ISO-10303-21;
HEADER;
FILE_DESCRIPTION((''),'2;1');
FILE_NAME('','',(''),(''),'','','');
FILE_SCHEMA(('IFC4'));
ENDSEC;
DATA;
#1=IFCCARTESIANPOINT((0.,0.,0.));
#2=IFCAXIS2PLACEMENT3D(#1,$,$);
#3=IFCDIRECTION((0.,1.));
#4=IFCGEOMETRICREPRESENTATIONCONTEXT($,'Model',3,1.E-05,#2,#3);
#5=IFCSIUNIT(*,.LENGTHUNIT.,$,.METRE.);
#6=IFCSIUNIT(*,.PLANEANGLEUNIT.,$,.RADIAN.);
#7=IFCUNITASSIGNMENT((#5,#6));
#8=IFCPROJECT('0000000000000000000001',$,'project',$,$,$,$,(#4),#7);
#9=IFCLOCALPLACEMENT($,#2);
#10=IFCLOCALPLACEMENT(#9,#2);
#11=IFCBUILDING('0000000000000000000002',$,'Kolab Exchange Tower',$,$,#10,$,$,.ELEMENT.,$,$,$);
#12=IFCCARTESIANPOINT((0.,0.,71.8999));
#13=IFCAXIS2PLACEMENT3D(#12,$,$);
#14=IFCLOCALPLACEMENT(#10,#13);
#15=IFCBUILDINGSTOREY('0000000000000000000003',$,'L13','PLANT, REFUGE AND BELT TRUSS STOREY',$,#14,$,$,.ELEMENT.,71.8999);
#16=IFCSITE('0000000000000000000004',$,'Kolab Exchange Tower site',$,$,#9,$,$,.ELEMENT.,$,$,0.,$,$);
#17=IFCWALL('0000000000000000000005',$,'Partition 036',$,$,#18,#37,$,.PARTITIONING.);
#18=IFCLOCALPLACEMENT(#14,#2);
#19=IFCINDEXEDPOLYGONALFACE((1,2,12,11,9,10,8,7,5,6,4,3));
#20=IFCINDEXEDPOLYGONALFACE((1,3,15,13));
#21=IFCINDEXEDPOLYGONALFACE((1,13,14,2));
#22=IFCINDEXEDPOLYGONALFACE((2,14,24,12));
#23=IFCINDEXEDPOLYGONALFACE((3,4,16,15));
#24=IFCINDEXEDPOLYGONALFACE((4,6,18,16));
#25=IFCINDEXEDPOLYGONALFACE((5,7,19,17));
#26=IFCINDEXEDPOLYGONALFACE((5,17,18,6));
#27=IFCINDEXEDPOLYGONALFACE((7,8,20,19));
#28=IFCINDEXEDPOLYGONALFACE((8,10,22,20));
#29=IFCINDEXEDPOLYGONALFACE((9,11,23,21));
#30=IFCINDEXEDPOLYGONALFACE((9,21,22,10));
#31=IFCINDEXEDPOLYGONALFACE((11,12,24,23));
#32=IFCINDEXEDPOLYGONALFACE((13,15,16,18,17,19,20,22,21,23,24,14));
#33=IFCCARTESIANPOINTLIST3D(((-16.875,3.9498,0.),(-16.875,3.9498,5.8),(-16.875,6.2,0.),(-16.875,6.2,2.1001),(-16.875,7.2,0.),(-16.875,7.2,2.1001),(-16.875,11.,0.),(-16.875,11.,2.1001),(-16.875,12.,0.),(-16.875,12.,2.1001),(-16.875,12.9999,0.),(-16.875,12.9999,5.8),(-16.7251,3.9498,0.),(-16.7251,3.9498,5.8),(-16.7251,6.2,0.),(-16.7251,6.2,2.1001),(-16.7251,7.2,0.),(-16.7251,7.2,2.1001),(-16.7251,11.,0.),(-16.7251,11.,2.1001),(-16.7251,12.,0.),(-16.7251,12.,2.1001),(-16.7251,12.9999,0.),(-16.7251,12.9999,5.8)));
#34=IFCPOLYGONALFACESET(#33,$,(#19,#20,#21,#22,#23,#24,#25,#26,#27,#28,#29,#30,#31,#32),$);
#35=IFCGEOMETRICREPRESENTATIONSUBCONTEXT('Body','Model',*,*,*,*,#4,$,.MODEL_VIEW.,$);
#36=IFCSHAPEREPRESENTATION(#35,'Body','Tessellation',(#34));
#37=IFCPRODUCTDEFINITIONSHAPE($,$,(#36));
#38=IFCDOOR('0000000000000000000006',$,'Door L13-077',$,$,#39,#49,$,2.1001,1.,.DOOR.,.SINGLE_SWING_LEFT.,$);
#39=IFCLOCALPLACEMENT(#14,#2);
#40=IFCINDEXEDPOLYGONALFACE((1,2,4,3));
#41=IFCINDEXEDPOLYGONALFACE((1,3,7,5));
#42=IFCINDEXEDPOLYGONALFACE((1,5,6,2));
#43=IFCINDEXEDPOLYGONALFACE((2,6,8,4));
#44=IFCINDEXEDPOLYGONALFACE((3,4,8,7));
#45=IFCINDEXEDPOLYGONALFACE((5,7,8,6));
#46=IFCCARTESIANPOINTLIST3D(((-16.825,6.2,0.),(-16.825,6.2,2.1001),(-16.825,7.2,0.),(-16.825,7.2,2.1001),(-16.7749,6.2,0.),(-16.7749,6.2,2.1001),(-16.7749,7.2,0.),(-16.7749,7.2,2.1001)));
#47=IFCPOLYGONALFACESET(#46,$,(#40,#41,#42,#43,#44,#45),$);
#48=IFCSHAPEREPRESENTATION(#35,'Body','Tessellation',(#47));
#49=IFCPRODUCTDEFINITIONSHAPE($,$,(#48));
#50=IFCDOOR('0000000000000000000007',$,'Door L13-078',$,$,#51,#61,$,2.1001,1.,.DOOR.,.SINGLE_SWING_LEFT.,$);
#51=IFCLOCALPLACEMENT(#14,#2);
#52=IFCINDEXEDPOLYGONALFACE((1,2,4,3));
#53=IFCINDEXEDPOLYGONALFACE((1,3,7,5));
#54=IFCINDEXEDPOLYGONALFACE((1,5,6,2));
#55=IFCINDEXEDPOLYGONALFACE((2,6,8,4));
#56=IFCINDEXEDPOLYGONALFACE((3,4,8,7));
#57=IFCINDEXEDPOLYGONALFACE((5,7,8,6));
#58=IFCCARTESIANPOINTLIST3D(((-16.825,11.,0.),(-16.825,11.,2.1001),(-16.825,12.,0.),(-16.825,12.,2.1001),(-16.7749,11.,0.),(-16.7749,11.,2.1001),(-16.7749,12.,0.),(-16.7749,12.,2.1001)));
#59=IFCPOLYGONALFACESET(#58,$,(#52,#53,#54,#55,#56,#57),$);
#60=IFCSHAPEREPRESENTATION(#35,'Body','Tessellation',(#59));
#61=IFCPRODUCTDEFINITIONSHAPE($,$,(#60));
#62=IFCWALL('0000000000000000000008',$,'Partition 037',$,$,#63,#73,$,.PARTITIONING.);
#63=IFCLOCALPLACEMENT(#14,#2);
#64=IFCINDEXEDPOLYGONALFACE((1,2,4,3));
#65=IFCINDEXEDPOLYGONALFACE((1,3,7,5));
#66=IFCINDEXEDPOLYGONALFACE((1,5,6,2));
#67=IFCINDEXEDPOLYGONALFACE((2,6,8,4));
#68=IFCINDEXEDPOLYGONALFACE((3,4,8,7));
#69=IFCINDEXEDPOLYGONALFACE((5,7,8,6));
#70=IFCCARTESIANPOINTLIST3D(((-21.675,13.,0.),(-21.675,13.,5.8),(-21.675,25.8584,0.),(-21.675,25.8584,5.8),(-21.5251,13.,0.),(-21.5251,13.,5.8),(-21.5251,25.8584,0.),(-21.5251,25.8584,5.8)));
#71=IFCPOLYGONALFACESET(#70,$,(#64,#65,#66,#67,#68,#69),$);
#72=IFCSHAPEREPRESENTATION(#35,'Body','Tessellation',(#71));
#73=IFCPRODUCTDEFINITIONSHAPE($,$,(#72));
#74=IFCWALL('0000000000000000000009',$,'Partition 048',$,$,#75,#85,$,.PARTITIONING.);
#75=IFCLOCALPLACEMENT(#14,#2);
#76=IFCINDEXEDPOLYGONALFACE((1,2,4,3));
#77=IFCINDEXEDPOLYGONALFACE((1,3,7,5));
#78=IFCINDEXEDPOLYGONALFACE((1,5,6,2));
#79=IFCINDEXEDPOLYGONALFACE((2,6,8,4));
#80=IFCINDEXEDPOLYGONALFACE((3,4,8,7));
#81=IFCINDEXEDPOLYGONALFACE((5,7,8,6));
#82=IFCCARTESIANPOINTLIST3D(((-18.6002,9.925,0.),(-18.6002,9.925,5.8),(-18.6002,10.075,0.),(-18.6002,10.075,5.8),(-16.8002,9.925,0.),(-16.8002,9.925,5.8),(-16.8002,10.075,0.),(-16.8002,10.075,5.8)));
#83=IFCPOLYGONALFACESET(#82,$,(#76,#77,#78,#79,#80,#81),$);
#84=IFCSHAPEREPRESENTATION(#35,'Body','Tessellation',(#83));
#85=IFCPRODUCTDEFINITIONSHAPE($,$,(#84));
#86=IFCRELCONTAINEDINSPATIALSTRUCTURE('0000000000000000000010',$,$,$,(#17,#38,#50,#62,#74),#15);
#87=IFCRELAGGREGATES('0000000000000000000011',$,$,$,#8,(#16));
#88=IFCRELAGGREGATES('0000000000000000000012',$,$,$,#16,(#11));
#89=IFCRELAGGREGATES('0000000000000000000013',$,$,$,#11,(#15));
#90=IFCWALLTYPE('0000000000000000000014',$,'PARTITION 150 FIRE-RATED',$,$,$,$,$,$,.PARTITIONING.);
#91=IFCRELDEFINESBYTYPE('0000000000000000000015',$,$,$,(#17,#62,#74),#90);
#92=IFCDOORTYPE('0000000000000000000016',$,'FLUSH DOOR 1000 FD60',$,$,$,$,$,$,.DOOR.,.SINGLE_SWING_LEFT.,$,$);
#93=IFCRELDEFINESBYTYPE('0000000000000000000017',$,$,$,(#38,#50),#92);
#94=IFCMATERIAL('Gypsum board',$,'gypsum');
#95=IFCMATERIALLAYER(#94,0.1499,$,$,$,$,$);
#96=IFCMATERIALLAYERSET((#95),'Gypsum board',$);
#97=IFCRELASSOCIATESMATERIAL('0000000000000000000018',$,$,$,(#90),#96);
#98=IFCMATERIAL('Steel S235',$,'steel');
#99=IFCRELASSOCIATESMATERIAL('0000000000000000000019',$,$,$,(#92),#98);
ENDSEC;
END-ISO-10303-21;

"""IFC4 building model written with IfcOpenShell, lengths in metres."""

from ifc_helpers import new_model, si_unit, direction, frame, frame_2d, origin, place, context, subcontext, project, spatial, rectangle, extrude, material, layer, layer_set, type_object, element, fill, save


model = new_model("IFC4")

# Units and contexts
model_context = context("Model", 3, precision=1e-05, world=origin(), true_north=direction((0.0, 1.0)))
body_context = subcontext(model_context, "Body", "Model", "MODEL_VIEW")
ifc_project = project(units=[si_unit("LENGTHUNIT", "METRE"), si_unit("PLANEANGLEUNIT", "RADIAN")], contexts=[model_context])

# Site, building, storey
site_placement = place(None, origin())
site = spatial("IfcSite", under=ifc_project, at=site_placement, Name="Kolab Exchange Tower site", CompositionType="ELEMENT", RefElevation=0.0)
building_placement = place(site_placement, origin())
building = spatial("IfcBuilding", under=site, at=building_placement, Name="Kolab Exchange Tower", CompositionType="ELEMENT")
storey_placement = place(building_placement, frame((0.0, 0.0, 71.8999)))
storey = spatial("IfcBuildingStorey", under=building, at=storey_placement, Name="L13", Description="PLANT, REFUGE AND BELT TRUSS STOREY", CompositionType="ELEMENT", Elevation=71.8999)

# Shared definitions
ifc_material_1 = material(Name="Gypsum board", Category="gypsum")
ifc_layer_1 = layer(ifc_material_1, 0.1499)
ifc_layer_set_1 = layer_set([ifc_layer_1], Name="Gypsum board")
wall_type_1 = type_object("IfcWallType", Name="PARTITION 150 FIRE-RATED", PredefinedType="PARTITIONING", material=ifc_layer_set_1)

# Wall, openings, doors
wall_1_placement = place(storey_placement, frame((-16.8, 3.95, 0.0), z_axis=(0.0, 0.0, 1.0), x_axis=(0.0, 1.0, 0.0)))
wall_1 = element("IfcWall", 1, at=wall_1_placement, inside=storey, type_object=wall_type_1, Name="Partition 036", PredefinedType="PARTITIONING", context=body_context, shape_type="SweptSolid", body=[
    extrude(rectangle(XDim=9.05, YDim=0.1499, at=frame_2d((4.5249, 0.0))), origin(), (0.0, 0.0, 1.0), 5.8),
])
opening_1_placement = place(wall_1_placement, frame((2.25, 0.0, 0.0)))
opening_1 = element("IfcOpeningElement", 2, at=opening_1_placement, cuts=wall_1, PredefinedType="OPENING", context=body_context, shape_type="SweptSolid", body=[
    extrude(rectangle(XDim=1.0, YDim=2.1001, at=frame_2d((0.5, 1.05))), frame((0.0, 0.085, 0.0), z_axis=(0.0, -1.0, 0.0), x_axis=(1.0, 0.0, 0.0)), (0.0, 0.0, 1.0), 0.1699),
])
opening_2_placement = place(wall_1_placement, frame((7.05, 0.0, 0.0)))
opening_2 = element("IfcOpeningElement", 3, at=opening_2_placement, cuts=wall_1, PredefinedType="OPENING", context=body_context, shape_type="SweptSolid", body=[
    extrude(rectangle(XDim=1.0, YDim=2.1001, at=frame_2d((0.5, 1.05))), frame((0.0, 0.085, 0.0), z_axis=(0.0, -1.0, 0.0), x_axis=(1.0, 0.0, 0.0)), (0.0, 0.0, 1.0), 0.1699),
])
ifc_material_2 = material(Name="Steel S235", Category="steel")
door_type = type_object("IfcDoorType", Name="FLUSH DOOR 1000 FD60", OperationType="SINGLE_SWING_LEFT", PredefinedType="DOOR", material=ifc_material_2)
door_1_placement = place(opening_1_placement, origin())
door_1 = element("IfcDoor", 4, at=door_1_placement, inside=storey, type_object=door_type, Name="Door L13-077", OperationType="SINGLE_SWING_LEFT", OverallHeight=2.1001, OverallWidth=1.0, PredefinedType="DOOR", context=body_context, shape_type="SweptSolid", body=[
    extrude(rectangle(XDim=1.0, YDim=2.1001, at=frame_2d((0.5, 1.05))), frame((0.0, 0.0249, 0.0), z_axis=(0.0, -1.0, 0.0), x_axis=(1.0, 0.0, 0.0)), (0.0, 0.0, 1.0), 0.05),
])
fill(opening_1, door_1)
door_2_placement = place(opening_2_placement, origin())
door_2 = element("IfcDoor", 5, at=door_2_placement, inside=storey, type_object=door_type, Name="Door L13-078", OperationType="SINGLE_SWING_LEFT", OverallHeight=2.1001, OverallWidth=1.0, PredefinedType="DOOR", context=body_context, shape_type="SweptSolid", body=[
    extrude(rectangle(XDim=1.0, YDim=2.1001, at=frame_2d((0.5, 1.05))), frame((0.0, 0.0249, 0.0), z_axis=(0.0, -1.0, 0.0), x_axis=(1.0, 0.0, 0.0)), (0.0, 0.0, 1.0), 0.05),
])
fill(opening_2, door_2)

# Walls
wall_2_placement = place(storey_placement, frame((-21.6001, 13.0, 0.0), z_axis=(0.0, 0.0, 1.0), x_axis=(0.0, 1.0, 0.0)))
element("IfcWall", 6, at=wall_2_placement, inside=storey, type_object=wall_type_1, Name="Partition 037", PredefinedType="PARTITIONING", context=body_context, shape_type="SweptSolid", body=[
    extrude(rectangle(XDim=12.8584, YDim=0.1499, at=frame_2d((6.4292, 0.0))), origin(), (0.0, 0.0, 1.0), 5.8),
])
wall_3_placement = place(storey_placement, frame((-18.6001, 10.0, 0.0), z_axis=(0.0, 0.0, 1.0), x_axis=(1.0, 0.0, 0.0)))
element("IfcWall", 7, at=wall_3_placement, inside=storey, type_object=wall_type_1, Name="Partition 048", PredefinedType="PARTITIONING", context=body_context, shape_type="SweptSolid", body=[
    extrude(rectangle(XDim=1.8, YDim=0.1499, at=frame_2d((0.8999, 0.0))), origin(), (0.0, 0.0, 1.0), 5.8),
])

save(model, "model.ifc")
